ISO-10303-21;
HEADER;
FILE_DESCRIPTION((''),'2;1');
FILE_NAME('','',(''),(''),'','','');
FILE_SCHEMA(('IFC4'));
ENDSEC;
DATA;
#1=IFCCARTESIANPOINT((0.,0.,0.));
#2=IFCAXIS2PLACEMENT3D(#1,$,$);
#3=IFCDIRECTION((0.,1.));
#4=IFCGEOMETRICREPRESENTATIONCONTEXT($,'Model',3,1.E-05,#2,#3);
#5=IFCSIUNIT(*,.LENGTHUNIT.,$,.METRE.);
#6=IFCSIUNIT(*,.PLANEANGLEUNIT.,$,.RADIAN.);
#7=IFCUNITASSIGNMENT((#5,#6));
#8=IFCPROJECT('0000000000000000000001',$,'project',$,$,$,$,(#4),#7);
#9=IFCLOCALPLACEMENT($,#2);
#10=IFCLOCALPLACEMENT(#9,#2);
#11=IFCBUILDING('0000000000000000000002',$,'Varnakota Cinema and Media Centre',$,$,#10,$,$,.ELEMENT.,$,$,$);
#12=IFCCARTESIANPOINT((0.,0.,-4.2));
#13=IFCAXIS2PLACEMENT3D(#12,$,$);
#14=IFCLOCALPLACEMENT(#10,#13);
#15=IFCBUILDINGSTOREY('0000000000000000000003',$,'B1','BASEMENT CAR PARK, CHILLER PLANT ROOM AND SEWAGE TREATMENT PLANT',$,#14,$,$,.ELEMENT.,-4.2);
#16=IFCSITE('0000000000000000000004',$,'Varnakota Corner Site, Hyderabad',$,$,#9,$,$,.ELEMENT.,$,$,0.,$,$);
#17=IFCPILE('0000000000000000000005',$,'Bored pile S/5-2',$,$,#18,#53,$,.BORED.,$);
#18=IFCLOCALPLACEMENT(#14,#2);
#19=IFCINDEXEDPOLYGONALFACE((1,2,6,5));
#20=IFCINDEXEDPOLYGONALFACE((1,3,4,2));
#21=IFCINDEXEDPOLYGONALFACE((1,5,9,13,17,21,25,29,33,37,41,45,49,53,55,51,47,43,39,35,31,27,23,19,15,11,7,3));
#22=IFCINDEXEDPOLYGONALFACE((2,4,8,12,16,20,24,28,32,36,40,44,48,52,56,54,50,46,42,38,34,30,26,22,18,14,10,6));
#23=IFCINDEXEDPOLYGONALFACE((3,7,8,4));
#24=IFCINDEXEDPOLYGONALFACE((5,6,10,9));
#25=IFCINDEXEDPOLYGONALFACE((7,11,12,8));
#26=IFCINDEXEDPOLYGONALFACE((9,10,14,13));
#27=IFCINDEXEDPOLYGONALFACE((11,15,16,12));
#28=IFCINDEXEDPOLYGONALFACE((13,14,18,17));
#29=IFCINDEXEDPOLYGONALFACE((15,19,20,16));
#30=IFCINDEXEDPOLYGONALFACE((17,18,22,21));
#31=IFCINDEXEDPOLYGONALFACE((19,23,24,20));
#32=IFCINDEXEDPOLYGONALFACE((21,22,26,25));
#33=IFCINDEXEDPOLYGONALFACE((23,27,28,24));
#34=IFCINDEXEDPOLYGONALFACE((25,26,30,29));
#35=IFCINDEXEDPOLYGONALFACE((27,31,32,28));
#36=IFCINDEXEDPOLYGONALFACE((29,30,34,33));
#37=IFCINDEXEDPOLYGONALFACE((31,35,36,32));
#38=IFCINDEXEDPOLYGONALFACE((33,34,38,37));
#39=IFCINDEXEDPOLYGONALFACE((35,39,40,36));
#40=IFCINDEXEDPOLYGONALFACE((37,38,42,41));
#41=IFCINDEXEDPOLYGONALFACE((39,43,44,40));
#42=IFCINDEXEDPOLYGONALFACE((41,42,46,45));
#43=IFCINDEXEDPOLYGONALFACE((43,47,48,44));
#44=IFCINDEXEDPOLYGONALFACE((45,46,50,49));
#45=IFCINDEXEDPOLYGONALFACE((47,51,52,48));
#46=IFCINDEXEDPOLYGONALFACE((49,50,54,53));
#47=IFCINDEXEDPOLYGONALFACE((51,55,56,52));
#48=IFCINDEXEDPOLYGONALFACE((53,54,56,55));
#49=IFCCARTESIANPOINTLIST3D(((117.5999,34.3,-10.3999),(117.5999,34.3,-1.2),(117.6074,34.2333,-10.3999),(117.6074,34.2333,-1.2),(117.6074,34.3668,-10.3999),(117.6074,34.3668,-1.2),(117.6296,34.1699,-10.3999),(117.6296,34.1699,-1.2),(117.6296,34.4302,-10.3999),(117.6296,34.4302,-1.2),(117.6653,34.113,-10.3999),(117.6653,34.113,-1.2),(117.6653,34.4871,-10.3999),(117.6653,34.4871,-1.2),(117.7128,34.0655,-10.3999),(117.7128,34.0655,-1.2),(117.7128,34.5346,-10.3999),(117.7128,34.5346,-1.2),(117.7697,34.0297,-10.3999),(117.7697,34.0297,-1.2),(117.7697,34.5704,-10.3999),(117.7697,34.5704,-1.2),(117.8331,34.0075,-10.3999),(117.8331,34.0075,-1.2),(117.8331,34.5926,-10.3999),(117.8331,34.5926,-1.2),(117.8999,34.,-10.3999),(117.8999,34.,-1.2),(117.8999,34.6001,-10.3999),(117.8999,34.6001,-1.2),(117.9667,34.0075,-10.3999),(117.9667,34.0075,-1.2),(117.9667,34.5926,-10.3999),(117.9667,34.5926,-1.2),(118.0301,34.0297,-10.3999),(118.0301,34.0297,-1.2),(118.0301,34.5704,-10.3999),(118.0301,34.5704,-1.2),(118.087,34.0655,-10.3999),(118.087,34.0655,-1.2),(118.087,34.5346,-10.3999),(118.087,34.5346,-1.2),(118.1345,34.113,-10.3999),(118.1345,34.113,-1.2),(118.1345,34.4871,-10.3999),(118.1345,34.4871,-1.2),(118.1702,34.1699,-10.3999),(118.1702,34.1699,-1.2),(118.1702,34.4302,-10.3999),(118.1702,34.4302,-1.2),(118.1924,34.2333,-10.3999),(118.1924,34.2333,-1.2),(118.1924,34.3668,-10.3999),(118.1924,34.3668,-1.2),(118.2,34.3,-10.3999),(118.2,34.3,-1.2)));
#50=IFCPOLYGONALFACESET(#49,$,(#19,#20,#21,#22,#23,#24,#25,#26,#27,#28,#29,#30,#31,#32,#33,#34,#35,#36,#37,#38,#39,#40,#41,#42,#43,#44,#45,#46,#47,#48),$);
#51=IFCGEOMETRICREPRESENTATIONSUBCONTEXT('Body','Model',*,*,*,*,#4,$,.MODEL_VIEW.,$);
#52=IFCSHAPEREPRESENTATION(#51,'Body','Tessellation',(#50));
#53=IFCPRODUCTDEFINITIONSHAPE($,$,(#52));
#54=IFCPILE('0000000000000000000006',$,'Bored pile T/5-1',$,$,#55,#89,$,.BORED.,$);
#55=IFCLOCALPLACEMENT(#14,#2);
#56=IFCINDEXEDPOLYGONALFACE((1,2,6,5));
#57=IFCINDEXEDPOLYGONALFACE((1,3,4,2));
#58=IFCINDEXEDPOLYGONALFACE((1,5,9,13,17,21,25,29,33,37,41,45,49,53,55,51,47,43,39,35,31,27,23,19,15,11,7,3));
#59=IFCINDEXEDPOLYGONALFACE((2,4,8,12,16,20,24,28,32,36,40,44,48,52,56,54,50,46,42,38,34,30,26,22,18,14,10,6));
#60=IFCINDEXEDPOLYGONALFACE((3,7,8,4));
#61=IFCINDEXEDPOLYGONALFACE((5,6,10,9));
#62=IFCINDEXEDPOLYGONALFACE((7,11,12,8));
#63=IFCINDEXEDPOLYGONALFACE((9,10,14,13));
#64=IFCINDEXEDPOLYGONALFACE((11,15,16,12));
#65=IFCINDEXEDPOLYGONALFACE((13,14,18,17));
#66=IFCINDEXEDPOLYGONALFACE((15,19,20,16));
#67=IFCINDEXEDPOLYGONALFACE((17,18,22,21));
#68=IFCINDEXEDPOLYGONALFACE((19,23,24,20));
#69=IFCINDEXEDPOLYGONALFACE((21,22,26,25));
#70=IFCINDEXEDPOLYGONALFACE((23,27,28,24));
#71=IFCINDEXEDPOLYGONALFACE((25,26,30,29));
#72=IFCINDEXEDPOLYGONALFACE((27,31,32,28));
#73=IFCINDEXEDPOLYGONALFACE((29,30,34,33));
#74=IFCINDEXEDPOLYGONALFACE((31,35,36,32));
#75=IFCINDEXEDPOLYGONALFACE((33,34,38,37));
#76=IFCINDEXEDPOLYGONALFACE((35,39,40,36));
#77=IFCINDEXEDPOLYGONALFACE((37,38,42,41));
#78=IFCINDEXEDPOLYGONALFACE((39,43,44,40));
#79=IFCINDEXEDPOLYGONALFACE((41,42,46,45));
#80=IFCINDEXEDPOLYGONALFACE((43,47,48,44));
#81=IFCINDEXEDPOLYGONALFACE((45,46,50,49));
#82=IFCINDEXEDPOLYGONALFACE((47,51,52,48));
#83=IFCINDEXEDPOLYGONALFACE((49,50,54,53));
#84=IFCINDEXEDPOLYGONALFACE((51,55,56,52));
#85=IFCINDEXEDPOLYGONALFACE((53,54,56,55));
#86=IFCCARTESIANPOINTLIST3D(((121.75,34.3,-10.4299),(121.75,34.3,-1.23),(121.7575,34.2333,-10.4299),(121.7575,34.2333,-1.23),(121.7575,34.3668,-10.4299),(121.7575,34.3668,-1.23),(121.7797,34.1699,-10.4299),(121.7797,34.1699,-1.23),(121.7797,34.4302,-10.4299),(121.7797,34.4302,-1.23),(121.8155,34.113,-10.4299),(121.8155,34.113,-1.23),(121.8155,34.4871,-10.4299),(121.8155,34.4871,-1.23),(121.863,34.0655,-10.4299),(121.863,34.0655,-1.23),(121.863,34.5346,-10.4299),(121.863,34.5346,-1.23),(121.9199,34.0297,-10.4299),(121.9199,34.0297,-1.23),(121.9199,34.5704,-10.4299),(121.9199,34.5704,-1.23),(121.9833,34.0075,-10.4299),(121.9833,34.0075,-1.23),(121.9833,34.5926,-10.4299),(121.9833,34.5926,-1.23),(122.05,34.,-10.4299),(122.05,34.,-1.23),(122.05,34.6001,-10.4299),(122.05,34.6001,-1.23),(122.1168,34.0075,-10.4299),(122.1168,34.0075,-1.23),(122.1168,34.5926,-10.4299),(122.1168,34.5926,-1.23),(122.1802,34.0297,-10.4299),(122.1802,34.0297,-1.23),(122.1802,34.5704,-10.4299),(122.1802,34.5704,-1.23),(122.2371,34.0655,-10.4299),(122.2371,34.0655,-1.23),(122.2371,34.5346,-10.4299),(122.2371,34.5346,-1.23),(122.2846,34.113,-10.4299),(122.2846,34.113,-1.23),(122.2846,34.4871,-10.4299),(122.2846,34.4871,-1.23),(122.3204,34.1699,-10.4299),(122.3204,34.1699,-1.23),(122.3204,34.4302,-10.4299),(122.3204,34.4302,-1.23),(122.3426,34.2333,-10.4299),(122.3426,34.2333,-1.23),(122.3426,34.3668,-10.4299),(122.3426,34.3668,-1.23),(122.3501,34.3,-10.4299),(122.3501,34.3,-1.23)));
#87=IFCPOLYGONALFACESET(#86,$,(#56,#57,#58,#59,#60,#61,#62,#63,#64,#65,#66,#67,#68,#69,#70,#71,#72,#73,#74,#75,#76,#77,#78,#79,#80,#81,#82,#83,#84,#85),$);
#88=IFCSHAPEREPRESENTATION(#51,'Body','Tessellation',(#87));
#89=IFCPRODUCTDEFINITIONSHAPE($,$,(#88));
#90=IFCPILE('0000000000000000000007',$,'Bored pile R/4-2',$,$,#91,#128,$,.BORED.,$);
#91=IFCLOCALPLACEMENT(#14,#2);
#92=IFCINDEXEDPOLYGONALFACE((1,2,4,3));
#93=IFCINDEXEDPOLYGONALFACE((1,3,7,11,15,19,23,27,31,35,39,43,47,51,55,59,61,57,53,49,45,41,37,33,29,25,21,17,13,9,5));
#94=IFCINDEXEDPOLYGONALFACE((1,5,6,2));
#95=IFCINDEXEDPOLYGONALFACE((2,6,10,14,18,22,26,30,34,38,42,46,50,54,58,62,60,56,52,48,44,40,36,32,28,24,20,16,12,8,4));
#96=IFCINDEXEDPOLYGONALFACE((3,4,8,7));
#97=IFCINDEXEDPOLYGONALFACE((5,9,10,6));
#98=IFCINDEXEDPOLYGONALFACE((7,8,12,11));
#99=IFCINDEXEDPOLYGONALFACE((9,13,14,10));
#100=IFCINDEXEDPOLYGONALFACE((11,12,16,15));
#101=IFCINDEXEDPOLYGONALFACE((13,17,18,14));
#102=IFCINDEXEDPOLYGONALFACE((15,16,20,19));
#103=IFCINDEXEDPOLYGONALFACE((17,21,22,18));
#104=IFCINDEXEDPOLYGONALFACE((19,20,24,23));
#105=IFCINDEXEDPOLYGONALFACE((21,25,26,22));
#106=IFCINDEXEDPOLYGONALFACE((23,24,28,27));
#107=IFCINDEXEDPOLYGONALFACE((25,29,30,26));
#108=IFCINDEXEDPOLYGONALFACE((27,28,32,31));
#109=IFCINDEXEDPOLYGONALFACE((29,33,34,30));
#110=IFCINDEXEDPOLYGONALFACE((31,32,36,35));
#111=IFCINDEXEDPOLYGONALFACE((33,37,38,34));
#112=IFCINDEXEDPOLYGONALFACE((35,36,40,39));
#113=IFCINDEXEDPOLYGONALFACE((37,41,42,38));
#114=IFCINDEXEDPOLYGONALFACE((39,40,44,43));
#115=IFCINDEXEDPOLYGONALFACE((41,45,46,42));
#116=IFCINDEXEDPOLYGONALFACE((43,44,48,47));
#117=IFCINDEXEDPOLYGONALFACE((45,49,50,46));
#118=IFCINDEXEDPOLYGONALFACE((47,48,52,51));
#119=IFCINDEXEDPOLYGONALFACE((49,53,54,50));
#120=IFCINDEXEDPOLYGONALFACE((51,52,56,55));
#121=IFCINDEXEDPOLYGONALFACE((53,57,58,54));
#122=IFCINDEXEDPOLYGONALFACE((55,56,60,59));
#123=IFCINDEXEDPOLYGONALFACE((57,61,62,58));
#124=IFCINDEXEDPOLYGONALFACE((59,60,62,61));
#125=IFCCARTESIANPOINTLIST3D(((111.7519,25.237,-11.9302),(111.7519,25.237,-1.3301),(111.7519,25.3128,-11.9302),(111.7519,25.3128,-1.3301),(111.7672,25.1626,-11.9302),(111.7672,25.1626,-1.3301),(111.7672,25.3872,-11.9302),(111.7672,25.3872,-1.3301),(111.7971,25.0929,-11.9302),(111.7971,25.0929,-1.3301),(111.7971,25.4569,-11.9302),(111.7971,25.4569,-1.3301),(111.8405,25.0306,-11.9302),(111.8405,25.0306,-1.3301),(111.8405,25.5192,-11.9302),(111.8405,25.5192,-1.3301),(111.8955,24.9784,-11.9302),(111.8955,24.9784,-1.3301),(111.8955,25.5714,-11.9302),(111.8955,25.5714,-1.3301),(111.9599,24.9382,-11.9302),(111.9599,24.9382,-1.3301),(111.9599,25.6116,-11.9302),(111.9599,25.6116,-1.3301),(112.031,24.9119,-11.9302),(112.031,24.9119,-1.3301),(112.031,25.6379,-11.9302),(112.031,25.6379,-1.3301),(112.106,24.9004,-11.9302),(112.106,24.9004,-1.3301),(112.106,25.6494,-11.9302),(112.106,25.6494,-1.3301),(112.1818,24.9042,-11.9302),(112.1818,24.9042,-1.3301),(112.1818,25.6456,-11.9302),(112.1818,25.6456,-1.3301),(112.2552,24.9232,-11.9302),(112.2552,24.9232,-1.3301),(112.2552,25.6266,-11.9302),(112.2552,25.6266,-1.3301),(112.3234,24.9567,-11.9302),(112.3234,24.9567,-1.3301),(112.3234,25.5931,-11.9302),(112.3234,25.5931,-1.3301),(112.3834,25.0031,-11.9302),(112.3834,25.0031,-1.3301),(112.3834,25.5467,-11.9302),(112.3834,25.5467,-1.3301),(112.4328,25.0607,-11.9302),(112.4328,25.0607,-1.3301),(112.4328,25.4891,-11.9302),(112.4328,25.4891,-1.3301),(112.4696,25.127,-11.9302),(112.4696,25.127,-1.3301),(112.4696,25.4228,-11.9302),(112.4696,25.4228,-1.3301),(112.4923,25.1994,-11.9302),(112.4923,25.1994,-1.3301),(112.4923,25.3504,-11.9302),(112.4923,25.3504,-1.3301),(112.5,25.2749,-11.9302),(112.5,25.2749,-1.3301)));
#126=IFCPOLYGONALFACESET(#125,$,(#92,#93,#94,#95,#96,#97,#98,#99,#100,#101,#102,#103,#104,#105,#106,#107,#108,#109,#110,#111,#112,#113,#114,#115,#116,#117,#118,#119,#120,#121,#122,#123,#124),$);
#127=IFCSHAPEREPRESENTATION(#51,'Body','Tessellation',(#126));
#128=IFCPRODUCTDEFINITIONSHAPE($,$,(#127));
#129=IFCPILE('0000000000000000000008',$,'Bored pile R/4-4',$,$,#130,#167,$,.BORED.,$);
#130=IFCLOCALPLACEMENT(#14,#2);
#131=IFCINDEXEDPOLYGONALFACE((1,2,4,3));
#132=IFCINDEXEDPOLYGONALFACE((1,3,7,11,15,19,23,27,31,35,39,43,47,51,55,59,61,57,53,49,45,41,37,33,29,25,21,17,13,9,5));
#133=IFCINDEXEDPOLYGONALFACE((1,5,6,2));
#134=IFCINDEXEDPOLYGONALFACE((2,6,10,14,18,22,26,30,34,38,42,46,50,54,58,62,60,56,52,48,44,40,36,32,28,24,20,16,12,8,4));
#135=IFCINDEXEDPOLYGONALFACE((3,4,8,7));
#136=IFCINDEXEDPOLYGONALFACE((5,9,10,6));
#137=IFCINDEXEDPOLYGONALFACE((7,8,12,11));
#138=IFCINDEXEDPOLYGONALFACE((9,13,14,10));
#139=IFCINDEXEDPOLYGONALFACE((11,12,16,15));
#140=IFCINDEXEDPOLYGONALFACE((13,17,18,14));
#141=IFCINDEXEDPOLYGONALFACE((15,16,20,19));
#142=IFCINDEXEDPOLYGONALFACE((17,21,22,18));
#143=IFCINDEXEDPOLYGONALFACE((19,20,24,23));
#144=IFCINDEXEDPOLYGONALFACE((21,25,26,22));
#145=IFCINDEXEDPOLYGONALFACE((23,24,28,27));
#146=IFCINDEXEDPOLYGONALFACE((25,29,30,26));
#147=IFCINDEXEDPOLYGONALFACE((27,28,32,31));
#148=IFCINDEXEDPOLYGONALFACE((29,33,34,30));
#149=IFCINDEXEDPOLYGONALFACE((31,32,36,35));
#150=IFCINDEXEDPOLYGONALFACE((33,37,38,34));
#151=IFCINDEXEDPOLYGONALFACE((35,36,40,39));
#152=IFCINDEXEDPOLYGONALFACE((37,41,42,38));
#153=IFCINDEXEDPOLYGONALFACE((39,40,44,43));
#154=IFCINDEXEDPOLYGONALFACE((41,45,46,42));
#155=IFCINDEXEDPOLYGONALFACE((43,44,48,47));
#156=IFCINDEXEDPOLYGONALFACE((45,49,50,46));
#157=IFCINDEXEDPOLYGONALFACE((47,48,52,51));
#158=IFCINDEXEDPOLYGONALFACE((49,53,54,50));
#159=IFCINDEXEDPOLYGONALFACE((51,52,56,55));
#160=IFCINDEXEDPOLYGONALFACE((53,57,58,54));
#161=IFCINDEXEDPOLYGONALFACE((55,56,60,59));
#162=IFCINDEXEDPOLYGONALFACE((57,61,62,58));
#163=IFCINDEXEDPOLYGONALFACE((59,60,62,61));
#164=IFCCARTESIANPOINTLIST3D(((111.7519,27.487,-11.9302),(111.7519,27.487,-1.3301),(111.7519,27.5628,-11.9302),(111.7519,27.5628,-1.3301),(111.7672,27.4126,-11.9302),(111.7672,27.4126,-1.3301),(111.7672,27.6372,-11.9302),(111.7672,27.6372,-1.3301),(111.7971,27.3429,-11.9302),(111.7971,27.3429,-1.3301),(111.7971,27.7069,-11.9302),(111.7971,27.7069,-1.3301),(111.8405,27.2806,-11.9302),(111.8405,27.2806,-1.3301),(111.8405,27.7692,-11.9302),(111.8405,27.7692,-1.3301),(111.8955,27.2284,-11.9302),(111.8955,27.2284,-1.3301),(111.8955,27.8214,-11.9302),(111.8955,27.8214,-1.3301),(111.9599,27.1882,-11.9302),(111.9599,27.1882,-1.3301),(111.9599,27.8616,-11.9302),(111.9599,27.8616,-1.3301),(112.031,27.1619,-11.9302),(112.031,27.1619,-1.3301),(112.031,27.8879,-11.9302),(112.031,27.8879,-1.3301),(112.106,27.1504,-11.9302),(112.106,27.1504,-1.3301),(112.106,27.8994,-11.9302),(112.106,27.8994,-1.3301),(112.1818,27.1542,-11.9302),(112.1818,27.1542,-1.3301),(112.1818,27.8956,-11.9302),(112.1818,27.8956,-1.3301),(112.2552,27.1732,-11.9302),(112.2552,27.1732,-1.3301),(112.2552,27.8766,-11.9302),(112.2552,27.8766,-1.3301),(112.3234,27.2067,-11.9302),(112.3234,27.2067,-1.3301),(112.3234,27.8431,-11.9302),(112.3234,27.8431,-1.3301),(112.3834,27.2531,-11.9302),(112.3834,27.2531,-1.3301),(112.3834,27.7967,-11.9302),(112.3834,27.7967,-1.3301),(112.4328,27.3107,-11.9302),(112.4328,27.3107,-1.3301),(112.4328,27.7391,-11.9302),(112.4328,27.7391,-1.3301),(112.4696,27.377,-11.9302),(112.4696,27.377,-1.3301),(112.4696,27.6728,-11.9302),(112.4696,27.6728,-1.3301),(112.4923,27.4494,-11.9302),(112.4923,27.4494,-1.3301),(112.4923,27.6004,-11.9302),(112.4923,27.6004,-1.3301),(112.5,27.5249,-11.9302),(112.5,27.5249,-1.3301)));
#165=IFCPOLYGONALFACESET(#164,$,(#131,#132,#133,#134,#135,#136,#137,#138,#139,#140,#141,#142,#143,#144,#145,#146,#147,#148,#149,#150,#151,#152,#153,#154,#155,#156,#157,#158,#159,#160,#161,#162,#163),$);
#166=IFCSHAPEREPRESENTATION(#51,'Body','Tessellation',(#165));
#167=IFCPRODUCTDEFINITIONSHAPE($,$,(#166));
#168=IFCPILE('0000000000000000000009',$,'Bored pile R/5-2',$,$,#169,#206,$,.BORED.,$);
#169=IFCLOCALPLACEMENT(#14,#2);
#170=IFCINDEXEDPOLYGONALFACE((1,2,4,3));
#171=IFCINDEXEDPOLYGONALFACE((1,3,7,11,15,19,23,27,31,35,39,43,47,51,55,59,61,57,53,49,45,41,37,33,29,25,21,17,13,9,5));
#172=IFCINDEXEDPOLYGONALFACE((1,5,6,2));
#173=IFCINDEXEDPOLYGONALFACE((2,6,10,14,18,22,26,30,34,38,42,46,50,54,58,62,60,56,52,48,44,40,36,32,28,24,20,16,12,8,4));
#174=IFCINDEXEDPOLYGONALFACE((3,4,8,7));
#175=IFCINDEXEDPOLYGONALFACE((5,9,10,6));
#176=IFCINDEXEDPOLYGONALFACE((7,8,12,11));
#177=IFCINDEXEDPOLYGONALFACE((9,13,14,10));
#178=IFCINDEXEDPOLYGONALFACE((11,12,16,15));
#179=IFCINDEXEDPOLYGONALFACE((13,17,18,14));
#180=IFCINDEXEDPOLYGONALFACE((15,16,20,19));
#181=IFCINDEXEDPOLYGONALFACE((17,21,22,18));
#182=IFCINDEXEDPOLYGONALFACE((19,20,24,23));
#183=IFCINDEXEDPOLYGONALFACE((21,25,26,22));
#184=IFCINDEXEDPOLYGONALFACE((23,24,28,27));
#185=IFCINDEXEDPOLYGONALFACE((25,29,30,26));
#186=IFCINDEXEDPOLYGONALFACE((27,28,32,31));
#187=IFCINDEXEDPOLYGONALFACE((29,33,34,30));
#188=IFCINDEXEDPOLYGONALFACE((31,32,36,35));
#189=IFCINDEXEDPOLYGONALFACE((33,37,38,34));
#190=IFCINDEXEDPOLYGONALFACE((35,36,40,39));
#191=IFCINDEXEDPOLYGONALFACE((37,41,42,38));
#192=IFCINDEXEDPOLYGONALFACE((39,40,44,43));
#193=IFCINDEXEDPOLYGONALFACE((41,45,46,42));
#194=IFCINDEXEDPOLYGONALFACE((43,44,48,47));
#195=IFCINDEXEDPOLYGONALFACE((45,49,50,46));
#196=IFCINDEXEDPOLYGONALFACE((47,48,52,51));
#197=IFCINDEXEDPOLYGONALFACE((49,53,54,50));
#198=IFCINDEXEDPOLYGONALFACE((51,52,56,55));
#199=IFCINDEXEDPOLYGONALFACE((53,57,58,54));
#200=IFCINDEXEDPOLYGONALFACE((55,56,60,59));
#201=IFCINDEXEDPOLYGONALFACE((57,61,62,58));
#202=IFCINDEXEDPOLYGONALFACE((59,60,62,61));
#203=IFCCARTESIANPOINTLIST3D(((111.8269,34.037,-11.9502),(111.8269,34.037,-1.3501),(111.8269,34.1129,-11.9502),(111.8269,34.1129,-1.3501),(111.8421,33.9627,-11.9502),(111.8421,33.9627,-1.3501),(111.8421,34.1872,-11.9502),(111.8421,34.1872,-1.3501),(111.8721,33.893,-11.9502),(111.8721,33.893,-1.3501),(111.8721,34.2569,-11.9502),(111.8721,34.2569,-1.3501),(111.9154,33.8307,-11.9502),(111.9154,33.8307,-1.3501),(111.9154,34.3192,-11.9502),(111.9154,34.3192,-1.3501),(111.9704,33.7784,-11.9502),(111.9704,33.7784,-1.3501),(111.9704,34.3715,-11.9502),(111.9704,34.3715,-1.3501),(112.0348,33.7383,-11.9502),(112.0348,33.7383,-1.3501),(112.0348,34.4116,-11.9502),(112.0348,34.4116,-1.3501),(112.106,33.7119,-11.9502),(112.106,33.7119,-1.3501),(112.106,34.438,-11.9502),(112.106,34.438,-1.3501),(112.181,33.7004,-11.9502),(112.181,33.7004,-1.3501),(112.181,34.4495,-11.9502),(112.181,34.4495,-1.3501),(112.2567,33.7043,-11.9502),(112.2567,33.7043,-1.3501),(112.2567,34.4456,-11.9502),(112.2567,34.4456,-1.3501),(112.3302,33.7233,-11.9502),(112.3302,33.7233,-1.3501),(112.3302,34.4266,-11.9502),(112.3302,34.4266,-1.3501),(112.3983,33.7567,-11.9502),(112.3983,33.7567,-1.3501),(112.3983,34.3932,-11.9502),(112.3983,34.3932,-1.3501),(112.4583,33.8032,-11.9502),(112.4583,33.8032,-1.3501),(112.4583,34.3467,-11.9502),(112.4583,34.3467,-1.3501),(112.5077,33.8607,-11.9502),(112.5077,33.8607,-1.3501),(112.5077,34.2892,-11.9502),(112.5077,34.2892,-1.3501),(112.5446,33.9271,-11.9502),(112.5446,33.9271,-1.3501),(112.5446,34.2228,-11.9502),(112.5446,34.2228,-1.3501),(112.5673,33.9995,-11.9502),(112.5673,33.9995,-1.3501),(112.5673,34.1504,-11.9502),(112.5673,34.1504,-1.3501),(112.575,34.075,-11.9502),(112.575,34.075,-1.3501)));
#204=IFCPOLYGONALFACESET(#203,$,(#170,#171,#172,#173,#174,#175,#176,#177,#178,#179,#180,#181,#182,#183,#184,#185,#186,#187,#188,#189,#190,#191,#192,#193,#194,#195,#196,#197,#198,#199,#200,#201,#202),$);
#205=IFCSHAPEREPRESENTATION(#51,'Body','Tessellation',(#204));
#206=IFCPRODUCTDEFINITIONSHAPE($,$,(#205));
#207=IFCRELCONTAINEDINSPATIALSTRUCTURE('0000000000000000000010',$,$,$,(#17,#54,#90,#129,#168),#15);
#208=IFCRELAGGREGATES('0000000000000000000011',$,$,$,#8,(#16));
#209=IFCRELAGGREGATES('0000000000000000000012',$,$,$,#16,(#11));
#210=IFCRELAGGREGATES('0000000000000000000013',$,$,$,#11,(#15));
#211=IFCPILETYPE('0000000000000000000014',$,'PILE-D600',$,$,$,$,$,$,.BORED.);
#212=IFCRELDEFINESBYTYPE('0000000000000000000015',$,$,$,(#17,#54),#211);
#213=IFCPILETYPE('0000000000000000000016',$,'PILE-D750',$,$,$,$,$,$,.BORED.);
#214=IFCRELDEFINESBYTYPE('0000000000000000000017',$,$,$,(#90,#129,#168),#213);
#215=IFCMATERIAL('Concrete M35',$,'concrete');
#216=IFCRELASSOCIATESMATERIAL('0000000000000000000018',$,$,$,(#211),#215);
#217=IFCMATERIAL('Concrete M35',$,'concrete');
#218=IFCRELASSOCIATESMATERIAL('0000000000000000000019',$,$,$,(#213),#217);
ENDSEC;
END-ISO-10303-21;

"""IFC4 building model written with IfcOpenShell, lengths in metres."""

from ifc_helpers import new_model, si_unit, direction, frame, origin, origin_2d, place, context, subcontext, project, spatial, circle, extrude, material, material_profile, profile_set, type_object, element, save


model = new_model("IFC4")

# Units and contexts
model_context = context("Model", 3, precision=1e-05, world=origin(), true_north=direction((0.0, 1.0)))
body_context = subcontext(model_context, "Body", "Model", "MODEL_VIEW")
ifc_project = project(units=[si_unit("LENGTHUNIT", "METRE"), si_unit("PLANEANGLEUNIT", "RADIAN")], contexts=[model_context])

# Site, building, storey
site_placement = place(None, origin())
site = spatial("IfcSite", under=ifc_project, at=site_placement, Name="Varnakota Corner Site, Hyderabad", CompositionType="ELEMENT", RefElevation=0.0)
building_placement = place(site_placement, origin())
building = spatial("IfcBuilding", under=site, at=building_placement, Name="Varnakota Cinema and Media Centre", CompositionType="ELEMENT")
storey_placement = place(building_placement, frame((0.0, 0.0, -4.2)))
storey = spatial("IfcBuildingStorey", under=building, at=storey_placement, Name="B1", Description="BASEMENT CAR PARK, CHILLER PLANT ROOM AND SEWAGE TREATMENT PLANT", CompositionType="ELEMENT", Elevation=-4.2)

# Piles
ifc_material_1 = material(Name="Concrete M35", Category="concrete")
ifc_material_profile_1 = material_profile(ifc_material_1, circle(Radius=0.3, at=origin_2d()), Name="PILE D600")
ifc_profile_set_1 = profile_set([ifc_material_profile_1], Name="Concrete M35")
pile_type_1 = type_object("IfcPileType", Name="PILE-D600", PredefinedType="BORED", material=ifc_profile_set_1)
for number, where, z_axis, x_axis, name in (
    (1, (117.8999, 34.3, -1.2), (0.0, 0.0, -1.0), (1.0, 0.0, 0.0), "Bored pile S/5-2"),
    (2, (122.05, 34.3, -1.23), (0.0, 0.0, -1.0), (1.0, 0.0, 0.0), "Bored pile T/5-1"),
):
    element("IfcPile", number, at=place(storey_placement, frame(where, z_axis=z_axis, x_axis=x_axis)), inside=storey, type_object=pile_type_1, Name=name, PredefinedType="BORED", context=body_context, shape_type="SweptSolid", body=[
        extrude(circle(Radius=0.3, at=origin_2d()), origin(), (0.0, 0.0, 1.0), 9.2),
    ])
ifc_material_2 = material(Name="Concrete M35", Category="concrete")
ifc_material_profile_2 = material_profile(ifc_material_2, circle(Radius=0.375, at=origin_2d()), Name="PILE D750")
ifc_profile_set_2 = profile_set([ifc_material_profile_2], Name="Concrete M35")
pile_type_2 = type_object("IfcPileType", Name="PILE-D750", PredefinedType="BORED", material=ifc_profile_set_2)
for number, where, z_axis, x_axis, name in (
    (3, (112.125, 25.2749, -1.3301), (0.0, 0.0, -1.0), (1.0, 0.0, 0.0), "Bored pile R/4-2"),
    (4, (112.125, 27.5249, -1.3301), (0.0, 0.0, -1.0), (1.0, 0.0, 0.0), "Bored pile R/4-4"),
    (5, (112.2, 34.075, -1.3501), (0.0, 0.0, -1.0), (1.0, 0.0, 0.0), "Bored pile R/5-2"),
):
    element("IfcPile", number, at=place(storey_placement, frame(where, z_axis=z_axis, x_axis=x_axis)), inside=storey, type_object=pile_type_2, Name=name, PredefinedType="BORED", context=body_context, shape_type="SweptSolid", body=[
        extrude(circle(Radius=0.375, at=origin_2d()), origin(), (0.0, 0.0, 1.0), 10.6001),
    ])

save(model, "model.ifc")
